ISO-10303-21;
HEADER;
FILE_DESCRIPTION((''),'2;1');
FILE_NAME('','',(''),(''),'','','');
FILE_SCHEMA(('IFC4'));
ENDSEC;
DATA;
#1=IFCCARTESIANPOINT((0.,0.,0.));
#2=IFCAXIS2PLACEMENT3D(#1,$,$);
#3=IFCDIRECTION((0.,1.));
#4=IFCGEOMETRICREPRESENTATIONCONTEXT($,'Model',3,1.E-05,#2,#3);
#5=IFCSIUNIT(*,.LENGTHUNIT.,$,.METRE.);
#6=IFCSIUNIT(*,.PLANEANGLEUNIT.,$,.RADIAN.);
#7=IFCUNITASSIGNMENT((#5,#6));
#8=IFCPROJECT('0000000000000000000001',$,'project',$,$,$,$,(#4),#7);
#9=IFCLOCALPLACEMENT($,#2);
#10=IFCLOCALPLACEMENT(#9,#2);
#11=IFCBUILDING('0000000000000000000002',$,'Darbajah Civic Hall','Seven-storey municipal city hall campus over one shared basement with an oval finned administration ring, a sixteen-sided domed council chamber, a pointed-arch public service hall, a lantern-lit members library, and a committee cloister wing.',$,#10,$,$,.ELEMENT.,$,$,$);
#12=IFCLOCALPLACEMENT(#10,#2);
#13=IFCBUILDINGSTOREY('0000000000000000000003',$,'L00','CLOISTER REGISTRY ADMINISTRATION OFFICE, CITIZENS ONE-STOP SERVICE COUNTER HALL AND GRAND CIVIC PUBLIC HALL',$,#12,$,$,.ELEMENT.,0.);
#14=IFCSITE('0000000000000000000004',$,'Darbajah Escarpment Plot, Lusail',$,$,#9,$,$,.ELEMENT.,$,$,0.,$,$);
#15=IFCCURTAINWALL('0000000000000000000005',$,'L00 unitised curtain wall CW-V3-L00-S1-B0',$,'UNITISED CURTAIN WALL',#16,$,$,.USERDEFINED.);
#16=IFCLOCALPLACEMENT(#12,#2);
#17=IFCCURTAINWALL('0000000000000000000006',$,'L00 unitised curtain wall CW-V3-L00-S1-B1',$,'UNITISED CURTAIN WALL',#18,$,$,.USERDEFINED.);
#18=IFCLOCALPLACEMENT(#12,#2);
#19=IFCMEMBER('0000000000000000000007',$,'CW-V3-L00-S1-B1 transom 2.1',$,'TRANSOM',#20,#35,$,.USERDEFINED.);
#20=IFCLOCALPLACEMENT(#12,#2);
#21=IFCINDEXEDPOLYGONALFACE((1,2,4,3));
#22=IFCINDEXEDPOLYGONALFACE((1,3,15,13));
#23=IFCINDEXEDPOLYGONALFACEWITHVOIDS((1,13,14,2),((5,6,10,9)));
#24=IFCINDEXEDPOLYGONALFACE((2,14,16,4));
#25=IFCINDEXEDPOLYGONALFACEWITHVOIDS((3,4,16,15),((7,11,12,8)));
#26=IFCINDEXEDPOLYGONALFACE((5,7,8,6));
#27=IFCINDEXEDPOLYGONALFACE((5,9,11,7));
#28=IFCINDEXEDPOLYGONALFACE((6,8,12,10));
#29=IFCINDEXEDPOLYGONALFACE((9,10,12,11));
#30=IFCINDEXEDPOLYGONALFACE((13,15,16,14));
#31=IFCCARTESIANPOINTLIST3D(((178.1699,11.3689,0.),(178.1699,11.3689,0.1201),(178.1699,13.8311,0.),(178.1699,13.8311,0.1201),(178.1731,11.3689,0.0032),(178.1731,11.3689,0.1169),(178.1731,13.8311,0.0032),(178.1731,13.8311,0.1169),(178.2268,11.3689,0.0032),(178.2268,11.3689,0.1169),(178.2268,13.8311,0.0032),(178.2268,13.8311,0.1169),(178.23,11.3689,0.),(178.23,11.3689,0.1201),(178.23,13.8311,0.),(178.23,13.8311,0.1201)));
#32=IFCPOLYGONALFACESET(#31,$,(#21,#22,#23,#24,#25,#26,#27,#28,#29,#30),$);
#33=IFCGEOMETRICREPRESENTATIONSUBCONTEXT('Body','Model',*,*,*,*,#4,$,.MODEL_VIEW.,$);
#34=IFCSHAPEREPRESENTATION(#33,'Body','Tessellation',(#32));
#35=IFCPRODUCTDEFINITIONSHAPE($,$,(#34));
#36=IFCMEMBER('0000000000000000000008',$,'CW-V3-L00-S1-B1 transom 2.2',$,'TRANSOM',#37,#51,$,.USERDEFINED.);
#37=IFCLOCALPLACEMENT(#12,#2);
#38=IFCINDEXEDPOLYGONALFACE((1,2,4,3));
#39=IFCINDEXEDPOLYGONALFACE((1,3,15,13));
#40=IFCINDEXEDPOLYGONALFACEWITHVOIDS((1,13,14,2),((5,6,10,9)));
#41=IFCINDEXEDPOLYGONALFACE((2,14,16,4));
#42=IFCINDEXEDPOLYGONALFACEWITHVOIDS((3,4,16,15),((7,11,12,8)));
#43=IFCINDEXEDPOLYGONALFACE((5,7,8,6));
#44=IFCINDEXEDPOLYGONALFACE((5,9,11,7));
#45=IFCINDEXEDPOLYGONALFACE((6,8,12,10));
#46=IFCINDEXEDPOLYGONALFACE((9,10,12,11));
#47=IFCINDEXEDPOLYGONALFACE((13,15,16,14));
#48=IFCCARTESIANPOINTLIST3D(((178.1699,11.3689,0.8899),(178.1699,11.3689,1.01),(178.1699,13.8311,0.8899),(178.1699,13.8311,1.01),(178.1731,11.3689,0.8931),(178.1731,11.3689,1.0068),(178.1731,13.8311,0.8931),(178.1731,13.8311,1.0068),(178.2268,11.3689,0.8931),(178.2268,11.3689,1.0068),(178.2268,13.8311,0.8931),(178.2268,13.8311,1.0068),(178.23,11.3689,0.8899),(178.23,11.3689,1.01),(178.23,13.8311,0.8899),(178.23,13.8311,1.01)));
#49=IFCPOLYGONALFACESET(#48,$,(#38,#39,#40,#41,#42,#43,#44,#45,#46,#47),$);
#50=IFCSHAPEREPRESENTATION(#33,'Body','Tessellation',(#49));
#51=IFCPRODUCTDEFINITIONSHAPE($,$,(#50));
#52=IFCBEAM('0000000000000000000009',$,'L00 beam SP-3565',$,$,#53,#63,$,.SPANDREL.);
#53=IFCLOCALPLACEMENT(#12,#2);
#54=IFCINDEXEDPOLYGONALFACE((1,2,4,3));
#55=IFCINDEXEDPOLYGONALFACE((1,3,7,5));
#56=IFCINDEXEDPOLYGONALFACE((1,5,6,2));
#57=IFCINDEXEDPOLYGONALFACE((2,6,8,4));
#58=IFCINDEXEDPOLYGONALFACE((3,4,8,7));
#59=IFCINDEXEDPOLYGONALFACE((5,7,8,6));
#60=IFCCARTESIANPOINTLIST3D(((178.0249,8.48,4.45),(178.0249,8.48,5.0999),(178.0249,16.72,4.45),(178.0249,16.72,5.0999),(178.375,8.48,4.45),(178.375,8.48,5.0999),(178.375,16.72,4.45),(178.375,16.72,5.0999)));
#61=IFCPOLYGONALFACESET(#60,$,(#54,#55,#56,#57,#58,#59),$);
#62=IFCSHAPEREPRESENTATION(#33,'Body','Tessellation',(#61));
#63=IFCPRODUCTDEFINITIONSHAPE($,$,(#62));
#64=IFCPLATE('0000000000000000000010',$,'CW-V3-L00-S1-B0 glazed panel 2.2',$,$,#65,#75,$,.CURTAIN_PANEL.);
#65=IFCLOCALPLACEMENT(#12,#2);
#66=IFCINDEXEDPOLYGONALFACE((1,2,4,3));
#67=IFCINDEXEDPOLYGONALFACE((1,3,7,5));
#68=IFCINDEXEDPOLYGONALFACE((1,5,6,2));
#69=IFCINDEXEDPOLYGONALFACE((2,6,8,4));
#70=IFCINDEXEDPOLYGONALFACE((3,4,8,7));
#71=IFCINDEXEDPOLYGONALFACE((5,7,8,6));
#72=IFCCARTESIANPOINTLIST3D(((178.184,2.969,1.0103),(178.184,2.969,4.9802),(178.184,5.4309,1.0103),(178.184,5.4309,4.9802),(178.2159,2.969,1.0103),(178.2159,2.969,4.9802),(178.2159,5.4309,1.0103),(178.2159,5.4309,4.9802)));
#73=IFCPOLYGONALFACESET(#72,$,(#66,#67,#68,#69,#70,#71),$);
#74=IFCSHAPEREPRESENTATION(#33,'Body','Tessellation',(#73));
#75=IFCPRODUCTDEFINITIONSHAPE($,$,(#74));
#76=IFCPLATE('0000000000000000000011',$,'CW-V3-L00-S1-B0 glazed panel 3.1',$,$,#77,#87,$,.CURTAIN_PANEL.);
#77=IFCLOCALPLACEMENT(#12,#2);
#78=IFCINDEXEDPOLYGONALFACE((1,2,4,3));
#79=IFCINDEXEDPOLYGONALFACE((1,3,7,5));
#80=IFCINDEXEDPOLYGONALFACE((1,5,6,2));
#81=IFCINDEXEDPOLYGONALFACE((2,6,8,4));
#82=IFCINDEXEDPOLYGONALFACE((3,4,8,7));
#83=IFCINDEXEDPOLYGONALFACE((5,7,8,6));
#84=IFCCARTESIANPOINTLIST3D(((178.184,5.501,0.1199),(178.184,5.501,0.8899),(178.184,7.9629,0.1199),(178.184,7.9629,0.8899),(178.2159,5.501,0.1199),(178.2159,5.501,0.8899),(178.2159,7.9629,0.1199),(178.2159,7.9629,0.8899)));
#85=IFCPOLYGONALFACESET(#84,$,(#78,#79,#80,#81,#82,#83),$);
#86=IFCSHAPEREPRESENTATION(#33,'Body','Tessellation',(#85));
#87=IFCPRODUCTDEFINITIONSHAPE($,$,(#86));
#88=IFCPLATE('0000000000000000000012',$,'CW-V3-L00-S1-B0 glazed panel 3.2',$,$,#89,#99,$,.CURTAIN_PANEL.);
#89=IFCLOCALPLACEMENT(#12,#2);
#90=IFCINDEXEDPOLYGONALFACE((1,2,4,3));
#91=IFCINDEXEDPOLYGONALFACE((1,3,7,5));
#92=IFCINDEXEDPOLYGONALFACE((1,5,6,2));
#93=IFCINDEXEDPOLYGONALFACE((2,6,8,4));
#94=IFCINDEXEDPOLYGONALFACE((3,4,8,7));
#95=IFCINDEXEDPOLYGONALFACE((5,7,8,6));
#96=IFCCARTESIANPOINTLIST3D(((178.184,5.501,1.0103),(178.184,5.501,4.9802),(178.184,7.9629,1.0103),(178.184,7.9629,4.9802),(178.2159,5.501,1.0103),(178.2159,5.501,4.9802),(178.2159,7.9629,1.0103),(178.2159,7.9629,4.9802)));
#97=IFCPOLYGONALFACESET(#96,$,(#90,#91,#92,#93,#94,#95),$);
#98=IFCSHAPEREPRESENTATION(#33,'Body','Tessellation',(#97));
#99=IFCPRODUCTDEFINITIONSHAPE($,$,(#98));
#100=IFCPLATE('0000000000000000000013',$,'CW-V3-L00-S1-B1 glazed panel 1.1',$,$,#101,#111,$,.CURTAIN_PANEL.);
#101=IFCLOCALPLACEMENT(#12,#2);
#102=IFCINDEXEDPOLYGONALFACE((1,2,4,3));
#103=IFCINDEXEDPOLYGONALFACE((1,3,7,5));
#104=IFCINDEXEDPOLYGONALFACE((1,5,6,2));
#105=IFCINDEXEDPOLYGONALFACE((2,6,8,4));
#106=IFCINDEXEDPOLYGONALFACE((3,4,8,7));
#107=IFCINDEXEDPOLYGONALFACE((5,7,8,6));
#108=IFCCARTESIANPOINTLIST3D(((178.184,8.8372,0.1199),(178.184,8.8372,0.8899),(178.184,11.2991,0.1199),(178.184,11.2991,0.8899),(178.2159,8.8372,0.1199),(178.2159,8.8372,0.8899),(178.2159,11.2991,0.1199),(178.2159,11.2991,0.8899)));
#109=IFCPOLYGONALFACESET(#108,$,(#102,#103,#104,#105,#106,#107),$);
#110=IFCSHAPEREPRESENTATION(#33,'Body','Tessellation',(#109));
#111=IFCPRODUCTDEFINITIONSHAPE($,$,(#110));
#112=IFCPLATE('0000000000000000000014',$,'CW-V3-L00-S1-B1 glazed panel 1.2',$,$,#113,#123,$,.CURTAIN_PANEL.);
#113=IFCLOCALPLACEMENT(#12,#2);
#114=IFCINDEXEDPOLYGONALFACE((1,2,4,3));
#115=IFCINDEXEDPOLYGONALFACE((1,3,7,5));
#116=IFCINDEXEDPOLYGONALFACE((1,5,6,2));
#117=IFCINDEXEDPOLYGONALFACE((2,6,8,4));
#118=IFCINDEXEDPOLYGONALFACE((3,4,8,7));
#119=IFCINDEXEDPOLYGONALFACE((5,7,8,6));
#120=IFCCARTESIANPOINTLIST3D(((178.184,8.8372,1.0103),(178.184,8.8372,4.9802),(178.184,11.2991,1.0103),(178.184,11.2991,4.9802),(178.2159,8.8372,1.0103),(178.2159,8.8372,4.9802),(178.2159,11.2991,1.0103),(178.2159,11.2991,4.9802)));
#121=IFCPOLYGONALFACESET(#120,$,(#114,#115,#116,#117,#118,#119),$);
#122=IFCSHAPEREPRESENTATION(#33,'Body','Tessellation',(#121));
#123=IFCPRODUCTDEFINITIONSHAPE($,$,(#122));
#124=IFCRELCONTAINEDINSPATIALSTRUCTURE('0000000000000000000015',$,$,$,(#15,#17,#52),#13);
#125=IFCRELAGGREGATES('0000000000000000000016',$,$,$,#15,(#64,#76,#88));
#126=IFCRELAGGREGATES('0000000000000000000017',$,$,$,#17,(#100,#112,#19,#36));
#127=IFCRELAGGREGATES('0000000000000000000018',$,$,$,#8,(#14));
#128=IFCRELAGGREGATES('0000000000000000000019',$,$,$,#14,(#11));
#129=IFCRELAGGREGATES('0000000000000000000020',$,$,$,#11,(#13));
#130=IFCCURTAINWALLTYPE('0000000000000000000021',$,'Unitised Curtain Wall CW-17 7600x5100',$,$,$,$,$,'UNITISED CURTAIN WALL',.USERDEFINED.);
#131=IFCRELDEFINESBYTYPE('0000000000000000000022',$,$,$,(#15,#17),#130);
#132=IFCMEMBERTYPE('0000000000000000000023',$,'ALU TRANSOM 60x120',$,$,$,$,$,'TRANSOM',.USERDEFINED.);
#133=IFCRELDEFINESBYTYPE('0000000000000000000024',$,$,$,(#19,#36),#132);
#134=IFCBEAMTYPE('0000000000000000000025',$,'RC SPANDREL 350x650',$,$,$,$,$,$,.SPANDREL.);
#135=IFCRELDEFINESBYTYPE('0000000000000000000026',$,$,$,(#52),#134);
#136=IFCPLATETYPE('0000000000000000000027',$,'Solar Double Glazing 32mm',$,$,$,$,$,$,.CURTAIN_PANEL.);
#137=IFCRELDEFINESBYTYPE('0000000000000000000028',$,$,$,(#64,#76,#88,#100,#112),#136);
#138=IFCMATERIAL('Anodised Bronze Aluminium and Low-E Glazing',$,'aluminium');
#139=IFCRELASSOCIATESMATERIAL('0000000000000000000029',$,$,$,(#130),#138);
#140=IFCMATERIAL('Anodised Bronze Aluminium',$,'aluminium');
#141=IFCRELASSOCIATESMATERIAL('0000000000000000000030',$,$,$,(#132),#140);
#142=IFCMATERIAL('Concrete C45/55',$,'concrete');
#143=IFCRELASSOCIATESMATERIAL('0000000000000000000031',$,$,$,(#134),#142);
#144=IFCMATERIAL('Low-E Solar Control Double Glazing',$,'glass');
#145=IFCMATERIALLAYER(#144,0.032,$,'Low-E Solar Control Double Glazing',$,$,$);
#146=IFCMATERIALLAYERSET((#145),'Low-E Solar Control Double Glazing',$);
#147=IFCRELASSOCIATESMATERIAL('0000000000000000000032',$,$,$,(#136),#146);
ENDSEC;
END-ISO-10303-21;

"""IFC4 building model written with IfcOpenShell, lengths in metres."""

from ifc_helpers import new_model, si_unit, direction, frame, origin, origin_2d, place, context, subcontext, project, spatial, rectangle, hollow_rectangle, extrude, material, layer, layer_set, material_profile, profile_set, type_object, element, aggregate, save


model = new_model("IFC4")

# Units and contexts
model_context = context("Model", 3, precision=1e-05, world=origin(), true_north=direction((0.0, 1.0)))
body_context = subcontext(model_context, "Body", "Model", "MODEL_VIEW")
ifc_project = project(units=[si_unit("LENGTHUNIT", "METRE"), si_unit("PLANEANGLEUNIT", "RADIAN")], contexts=[model_context])

# Site, building, storey
site_placement = place(None, origin())
site = spatial("IfcSite", under=ifc_project, at=site_placement, Name="Darbajah Escarpment Plot, Lusail", CompositionType="ELEMENT", RefElevation=0.0)
building_placement = place(site_placement, origin())
building = spatial("IfcBuilding", under=site, at=building_placement, Name="Darbajah Civic Hall", Description="Seven-storey municipal city hall campus over one shared basement with an oval finned administration ring, a sixteen-sided domed council chamber, a pointed-arch public service hall, a lantern-lit members library, and a committee cloister wing.", CompositionType="ELEMENT")
storey_placement = place(building_placement, origin())
storey = spatial("IfcBuildingStorey", under=building, at=storey_placement, Name="L00", Description="CLOISTER REGISTRY ADMINISTRATION OFFICE, CITIZENS ONE-STOP SERVICE COUNTER HALL AND GRAND CIVIC PUBLIC HALL", CompositionType="ELEMENT", Elevation=0.0)

# Curtain walls
ifc_material_1 = material(Name="Anodised Bronze Aluminium and Low-E Glazing", Category="aluminium")
curtain_wall_type = type_object("IfcCurtainWallType", Name="Unitised Curtain Wall CW-17 7600x5100", ElementType="UNITISED CURTAIN WALL", PredefinedType="USERDEFINED", material=ifc_material_1)
curtain_wall_1_placement = place(storey_placement, origin())
curtain_wall_1 = element("IfcCurtainWall", 1, at=curtain_wall_1_placement, inside=storey, type_object=curtain_wall_type, Name="L00 unitised curtain wall CW-V3-L00-S1-B0", ObjectType="UNITISED CURTAIN WALL", PredefinedType="USERDEFINED")
ifc_material_2 = material(Name="Anodised Bronze Aluminium", Category="aluminium")
curtain_wall_2_placement = place(storey_placement, origin())
curtain_wall_2 = element("IfcCurtainWall", 2, at=curtain_wall_2_placement, inside=storey, type_object=curtain_wall_type, Name="L00 unitised curtain wall CW-V3-L00-S1-B1", ObjectType="UNITISED CURTAIN WALL", PredefinedType="USERDEFINED")

# Members
ifc_material_profile_1 = material_profile(ifc_material_2, hollow_rectangle(XDim=0.0601, YDim=0.1201, WallThickness=0.0032, at=origin_2d()), Name="ALU TRANSOM 60x120")
ifc_profile_set_1 = profile_set([ifc_material_profile_1], Name="Anodised Bronze Aluminium")
member_type_1 = type_object("IfcMemberType", Name="ALU TRANSOM 60x120", ElementType="TRANSOM", PredefinedType="USERDEFINED", material=ifc_profile_set_1)
member_1_placement = place(storey_placement, frame((178.2, 11.3689, 0.0601), z_axis=(0.0, 1.0, 0.0), x_axis=(-1.0, 0.0, 0.0)))
member_1 = element("IfcMember", 3, at=member_1_placement, type_object=member_type_1, Name="CW-V3-L00-S1-B1 transom 2.1", ObjectType="TRANSOM", PredefinedType="USERDEFINED", context=body_context, shape_type="SweptSolid", body=[
    extrude(hollow_rectangle(XDim=0.0601, YDim=0.1201, WallThickness=0.0032, at=origin_2d()), origin(), (0.0, 0.0, 1.0), 2.4622),
])
member_2_placement = place(storey_placement, frame((178.2, 11.3689, 0.95), z_axis=(0.0, 1.0, 0.0), x_axis=(-1.0, 0.0, 0.0)))
member_2 = element("IfcMember", 4, at=member_2_placement, type_object=member_type_1, Name="CW-V3-L00-S1-B1 transom 2.2", ObjectType="TRANSOM", PredefinedType="USERDEFINED", context=body_context, shape_type="SweptSolid", body=[
    extrude(hollow_rectangle(XDim=0.0601, YDim=0.1201, WallThickness=0.0032, at=origin_2d()), origin(), (0.0, 0.0, 1.0), 2.4622),
])

# Beam
ifc_material_3 = material(Name="Concrete C45/55", Category="concrete")
ifc_material_profile_2 = material_profile(ifc_material_3, rectangle(XDim=0.3501, YDim=0.6499, at=origin_2d()), Name="RC SPANDREL 350x650")
ifc_profile_set_2 = profile_set([ifc_material_profile_2], Name="Concrete C45/55")
beam_type = type_object("IfcBeamType", Name="RC SPANDREL 350x650", PredefinedType="SPANDREL", material=ifc_profile_set_2)
beam_placement = place(storey_placement, frame((178.2, 8.48, 4.7749), z_axis=(0.0, 1.0, 0.0), x_axis=(-1.0, 0.0, 0.0)))
element("IfcBeam", 5, at=beam_placement, inside=storey, type_object=beam_type, Name="L00 beam SP-3565", PredefinedType="SPANDREL", context=body_context, shape_type="SweptSolid", body=[
    extrude(rectangle(XDim=0.3501, YDim=0.6499, at=origin_2d()), origin(), (0.0, 0.0, 1.0), 8.24),
])

# Plates
ifc_material_4 = material(Name="Low-E Solar Control Double Glazing", Category="glass")
ifc_layer = layer(ifc_material_4, 0.032, Name="Low-E Solar Control Double Glazing")
ifc_layer_set = layer_set([ifc_layer], Name="Low-E Solar Control Double Glazing")
plate_type = type_object("IfcPlateType", Name="Solar Double Glazing 32mm", PredefinedType="CURTAIN_PANEL", material=ifc_layer_set)
plate_1_placement = place(storey_placement, frame((178.2, 4.2, 1.0103), z_axis=(0.0, 0.0, 1.0), x_axis=(0.0, 1.0, 0.0)))
plate_1 = element("IfcPlate", 6, at=plate_1_placement, type_object=plate_type, Name="CW-V3-L00-S1-B0 glazed panel 2.2", PredefinedType="CURTAIN_PANEL", context=body_context, shape_type="SweptSolid", body=[
    extrude(rectangle(XDim=2.4619, YDim=0.032, at=origin_2d()), origin(), (0.0, 0.0, 1.0), 3.97),
])
plate_2_placement = place(storey_placement, frame((178.2, 6.7319, 0.1199), z_axis=(0.0, 0.0, 1.0), x_axis=(0.0, 1.0, 0.0)))
plate_2 = element("IfcPlate", 7, at=plate_2_placement, type_object=plate_type, Name="CW-V3-L00-S1-B0 glazed panel 3.1", PredefinedType="CURTAIN_PANEL", context=body_context, shape_type="SweptSolid", body=[
    extrude(rectangle(XDim=2.4619, YDim=0.032, at=origin_2d()), origin(), (0.0, 0.0, 1.0), 0.77),
])
plate_3_placement = place(storey_placement, frame((178.2, 6.7319, 1.0103), z_axis=(0.0, 0.0, 1.0), x_axis=(0.0, 1.0, 0.0)))
plate_3 = element("IfcPlate", 8, at=plate_3_placement, type_object=plate_type, Name="CW-V3-L00-S1-B0 glazed panel 3.2", PredefinedType="CURTAIN_PANEL", context=body_context, shape_type="SweptSolid", body=[
    extrude(rectangle(XDim=2.4619, YDim=0.032, at=origin_2d()), origin(), (0.0, 0.0, 1.0), 3.97),
])
aggregate(curtain_wall_1, [plate_1, plate_2, plate_3])
plate_4_placement = place(storey_placement, frame((178.2, 10.0681, 0.1199), z_axis=(0.0, 0.0, 1.0), x_axis=(0.0, 1.0, 0.0)))
plate_4 = element("IfcPlate", 9, at=plate_4_placement, type_object=plate_type, Name="CW-V3-L00-S1-B1 glazed panel 1.1", PredefinedType="CURTAIN_PANEL", context=body_context, shape_type="SweptSolid", body=[
    extrude(rectangle(XDim=2.4619, YDim=0.032, at=origin_2d()), origin(), (0.0, 0.0, 1.0), 0.77),
])
plate_5_placement = place(storey_placement, frame((178.2, 10.0681, 1.0103), z_axis=(0.0, 0.0, 1.0), x_axis=(0.0, 1.0, 0.0)))
plate_5 = element("IfcPlate", 10, at=plate_5_placement, type_object=plate_type, Name="CW-V3-L00-S1-B1 glazed panel 1.2", PredefinedType="CURTAIN_PANEL", context=body_context, shape_type="SweptSolid", body=[
    extrude(rectangle(XDim=2.4619, YDim=0.032, at=origin_2d()), origin(), (0.0, 0.0, 1.0), 3.97),
])
aggregate(curtain_wall_2, [plate_4, plate_5, member_1, member_2])

save(model, "model.ifc")
